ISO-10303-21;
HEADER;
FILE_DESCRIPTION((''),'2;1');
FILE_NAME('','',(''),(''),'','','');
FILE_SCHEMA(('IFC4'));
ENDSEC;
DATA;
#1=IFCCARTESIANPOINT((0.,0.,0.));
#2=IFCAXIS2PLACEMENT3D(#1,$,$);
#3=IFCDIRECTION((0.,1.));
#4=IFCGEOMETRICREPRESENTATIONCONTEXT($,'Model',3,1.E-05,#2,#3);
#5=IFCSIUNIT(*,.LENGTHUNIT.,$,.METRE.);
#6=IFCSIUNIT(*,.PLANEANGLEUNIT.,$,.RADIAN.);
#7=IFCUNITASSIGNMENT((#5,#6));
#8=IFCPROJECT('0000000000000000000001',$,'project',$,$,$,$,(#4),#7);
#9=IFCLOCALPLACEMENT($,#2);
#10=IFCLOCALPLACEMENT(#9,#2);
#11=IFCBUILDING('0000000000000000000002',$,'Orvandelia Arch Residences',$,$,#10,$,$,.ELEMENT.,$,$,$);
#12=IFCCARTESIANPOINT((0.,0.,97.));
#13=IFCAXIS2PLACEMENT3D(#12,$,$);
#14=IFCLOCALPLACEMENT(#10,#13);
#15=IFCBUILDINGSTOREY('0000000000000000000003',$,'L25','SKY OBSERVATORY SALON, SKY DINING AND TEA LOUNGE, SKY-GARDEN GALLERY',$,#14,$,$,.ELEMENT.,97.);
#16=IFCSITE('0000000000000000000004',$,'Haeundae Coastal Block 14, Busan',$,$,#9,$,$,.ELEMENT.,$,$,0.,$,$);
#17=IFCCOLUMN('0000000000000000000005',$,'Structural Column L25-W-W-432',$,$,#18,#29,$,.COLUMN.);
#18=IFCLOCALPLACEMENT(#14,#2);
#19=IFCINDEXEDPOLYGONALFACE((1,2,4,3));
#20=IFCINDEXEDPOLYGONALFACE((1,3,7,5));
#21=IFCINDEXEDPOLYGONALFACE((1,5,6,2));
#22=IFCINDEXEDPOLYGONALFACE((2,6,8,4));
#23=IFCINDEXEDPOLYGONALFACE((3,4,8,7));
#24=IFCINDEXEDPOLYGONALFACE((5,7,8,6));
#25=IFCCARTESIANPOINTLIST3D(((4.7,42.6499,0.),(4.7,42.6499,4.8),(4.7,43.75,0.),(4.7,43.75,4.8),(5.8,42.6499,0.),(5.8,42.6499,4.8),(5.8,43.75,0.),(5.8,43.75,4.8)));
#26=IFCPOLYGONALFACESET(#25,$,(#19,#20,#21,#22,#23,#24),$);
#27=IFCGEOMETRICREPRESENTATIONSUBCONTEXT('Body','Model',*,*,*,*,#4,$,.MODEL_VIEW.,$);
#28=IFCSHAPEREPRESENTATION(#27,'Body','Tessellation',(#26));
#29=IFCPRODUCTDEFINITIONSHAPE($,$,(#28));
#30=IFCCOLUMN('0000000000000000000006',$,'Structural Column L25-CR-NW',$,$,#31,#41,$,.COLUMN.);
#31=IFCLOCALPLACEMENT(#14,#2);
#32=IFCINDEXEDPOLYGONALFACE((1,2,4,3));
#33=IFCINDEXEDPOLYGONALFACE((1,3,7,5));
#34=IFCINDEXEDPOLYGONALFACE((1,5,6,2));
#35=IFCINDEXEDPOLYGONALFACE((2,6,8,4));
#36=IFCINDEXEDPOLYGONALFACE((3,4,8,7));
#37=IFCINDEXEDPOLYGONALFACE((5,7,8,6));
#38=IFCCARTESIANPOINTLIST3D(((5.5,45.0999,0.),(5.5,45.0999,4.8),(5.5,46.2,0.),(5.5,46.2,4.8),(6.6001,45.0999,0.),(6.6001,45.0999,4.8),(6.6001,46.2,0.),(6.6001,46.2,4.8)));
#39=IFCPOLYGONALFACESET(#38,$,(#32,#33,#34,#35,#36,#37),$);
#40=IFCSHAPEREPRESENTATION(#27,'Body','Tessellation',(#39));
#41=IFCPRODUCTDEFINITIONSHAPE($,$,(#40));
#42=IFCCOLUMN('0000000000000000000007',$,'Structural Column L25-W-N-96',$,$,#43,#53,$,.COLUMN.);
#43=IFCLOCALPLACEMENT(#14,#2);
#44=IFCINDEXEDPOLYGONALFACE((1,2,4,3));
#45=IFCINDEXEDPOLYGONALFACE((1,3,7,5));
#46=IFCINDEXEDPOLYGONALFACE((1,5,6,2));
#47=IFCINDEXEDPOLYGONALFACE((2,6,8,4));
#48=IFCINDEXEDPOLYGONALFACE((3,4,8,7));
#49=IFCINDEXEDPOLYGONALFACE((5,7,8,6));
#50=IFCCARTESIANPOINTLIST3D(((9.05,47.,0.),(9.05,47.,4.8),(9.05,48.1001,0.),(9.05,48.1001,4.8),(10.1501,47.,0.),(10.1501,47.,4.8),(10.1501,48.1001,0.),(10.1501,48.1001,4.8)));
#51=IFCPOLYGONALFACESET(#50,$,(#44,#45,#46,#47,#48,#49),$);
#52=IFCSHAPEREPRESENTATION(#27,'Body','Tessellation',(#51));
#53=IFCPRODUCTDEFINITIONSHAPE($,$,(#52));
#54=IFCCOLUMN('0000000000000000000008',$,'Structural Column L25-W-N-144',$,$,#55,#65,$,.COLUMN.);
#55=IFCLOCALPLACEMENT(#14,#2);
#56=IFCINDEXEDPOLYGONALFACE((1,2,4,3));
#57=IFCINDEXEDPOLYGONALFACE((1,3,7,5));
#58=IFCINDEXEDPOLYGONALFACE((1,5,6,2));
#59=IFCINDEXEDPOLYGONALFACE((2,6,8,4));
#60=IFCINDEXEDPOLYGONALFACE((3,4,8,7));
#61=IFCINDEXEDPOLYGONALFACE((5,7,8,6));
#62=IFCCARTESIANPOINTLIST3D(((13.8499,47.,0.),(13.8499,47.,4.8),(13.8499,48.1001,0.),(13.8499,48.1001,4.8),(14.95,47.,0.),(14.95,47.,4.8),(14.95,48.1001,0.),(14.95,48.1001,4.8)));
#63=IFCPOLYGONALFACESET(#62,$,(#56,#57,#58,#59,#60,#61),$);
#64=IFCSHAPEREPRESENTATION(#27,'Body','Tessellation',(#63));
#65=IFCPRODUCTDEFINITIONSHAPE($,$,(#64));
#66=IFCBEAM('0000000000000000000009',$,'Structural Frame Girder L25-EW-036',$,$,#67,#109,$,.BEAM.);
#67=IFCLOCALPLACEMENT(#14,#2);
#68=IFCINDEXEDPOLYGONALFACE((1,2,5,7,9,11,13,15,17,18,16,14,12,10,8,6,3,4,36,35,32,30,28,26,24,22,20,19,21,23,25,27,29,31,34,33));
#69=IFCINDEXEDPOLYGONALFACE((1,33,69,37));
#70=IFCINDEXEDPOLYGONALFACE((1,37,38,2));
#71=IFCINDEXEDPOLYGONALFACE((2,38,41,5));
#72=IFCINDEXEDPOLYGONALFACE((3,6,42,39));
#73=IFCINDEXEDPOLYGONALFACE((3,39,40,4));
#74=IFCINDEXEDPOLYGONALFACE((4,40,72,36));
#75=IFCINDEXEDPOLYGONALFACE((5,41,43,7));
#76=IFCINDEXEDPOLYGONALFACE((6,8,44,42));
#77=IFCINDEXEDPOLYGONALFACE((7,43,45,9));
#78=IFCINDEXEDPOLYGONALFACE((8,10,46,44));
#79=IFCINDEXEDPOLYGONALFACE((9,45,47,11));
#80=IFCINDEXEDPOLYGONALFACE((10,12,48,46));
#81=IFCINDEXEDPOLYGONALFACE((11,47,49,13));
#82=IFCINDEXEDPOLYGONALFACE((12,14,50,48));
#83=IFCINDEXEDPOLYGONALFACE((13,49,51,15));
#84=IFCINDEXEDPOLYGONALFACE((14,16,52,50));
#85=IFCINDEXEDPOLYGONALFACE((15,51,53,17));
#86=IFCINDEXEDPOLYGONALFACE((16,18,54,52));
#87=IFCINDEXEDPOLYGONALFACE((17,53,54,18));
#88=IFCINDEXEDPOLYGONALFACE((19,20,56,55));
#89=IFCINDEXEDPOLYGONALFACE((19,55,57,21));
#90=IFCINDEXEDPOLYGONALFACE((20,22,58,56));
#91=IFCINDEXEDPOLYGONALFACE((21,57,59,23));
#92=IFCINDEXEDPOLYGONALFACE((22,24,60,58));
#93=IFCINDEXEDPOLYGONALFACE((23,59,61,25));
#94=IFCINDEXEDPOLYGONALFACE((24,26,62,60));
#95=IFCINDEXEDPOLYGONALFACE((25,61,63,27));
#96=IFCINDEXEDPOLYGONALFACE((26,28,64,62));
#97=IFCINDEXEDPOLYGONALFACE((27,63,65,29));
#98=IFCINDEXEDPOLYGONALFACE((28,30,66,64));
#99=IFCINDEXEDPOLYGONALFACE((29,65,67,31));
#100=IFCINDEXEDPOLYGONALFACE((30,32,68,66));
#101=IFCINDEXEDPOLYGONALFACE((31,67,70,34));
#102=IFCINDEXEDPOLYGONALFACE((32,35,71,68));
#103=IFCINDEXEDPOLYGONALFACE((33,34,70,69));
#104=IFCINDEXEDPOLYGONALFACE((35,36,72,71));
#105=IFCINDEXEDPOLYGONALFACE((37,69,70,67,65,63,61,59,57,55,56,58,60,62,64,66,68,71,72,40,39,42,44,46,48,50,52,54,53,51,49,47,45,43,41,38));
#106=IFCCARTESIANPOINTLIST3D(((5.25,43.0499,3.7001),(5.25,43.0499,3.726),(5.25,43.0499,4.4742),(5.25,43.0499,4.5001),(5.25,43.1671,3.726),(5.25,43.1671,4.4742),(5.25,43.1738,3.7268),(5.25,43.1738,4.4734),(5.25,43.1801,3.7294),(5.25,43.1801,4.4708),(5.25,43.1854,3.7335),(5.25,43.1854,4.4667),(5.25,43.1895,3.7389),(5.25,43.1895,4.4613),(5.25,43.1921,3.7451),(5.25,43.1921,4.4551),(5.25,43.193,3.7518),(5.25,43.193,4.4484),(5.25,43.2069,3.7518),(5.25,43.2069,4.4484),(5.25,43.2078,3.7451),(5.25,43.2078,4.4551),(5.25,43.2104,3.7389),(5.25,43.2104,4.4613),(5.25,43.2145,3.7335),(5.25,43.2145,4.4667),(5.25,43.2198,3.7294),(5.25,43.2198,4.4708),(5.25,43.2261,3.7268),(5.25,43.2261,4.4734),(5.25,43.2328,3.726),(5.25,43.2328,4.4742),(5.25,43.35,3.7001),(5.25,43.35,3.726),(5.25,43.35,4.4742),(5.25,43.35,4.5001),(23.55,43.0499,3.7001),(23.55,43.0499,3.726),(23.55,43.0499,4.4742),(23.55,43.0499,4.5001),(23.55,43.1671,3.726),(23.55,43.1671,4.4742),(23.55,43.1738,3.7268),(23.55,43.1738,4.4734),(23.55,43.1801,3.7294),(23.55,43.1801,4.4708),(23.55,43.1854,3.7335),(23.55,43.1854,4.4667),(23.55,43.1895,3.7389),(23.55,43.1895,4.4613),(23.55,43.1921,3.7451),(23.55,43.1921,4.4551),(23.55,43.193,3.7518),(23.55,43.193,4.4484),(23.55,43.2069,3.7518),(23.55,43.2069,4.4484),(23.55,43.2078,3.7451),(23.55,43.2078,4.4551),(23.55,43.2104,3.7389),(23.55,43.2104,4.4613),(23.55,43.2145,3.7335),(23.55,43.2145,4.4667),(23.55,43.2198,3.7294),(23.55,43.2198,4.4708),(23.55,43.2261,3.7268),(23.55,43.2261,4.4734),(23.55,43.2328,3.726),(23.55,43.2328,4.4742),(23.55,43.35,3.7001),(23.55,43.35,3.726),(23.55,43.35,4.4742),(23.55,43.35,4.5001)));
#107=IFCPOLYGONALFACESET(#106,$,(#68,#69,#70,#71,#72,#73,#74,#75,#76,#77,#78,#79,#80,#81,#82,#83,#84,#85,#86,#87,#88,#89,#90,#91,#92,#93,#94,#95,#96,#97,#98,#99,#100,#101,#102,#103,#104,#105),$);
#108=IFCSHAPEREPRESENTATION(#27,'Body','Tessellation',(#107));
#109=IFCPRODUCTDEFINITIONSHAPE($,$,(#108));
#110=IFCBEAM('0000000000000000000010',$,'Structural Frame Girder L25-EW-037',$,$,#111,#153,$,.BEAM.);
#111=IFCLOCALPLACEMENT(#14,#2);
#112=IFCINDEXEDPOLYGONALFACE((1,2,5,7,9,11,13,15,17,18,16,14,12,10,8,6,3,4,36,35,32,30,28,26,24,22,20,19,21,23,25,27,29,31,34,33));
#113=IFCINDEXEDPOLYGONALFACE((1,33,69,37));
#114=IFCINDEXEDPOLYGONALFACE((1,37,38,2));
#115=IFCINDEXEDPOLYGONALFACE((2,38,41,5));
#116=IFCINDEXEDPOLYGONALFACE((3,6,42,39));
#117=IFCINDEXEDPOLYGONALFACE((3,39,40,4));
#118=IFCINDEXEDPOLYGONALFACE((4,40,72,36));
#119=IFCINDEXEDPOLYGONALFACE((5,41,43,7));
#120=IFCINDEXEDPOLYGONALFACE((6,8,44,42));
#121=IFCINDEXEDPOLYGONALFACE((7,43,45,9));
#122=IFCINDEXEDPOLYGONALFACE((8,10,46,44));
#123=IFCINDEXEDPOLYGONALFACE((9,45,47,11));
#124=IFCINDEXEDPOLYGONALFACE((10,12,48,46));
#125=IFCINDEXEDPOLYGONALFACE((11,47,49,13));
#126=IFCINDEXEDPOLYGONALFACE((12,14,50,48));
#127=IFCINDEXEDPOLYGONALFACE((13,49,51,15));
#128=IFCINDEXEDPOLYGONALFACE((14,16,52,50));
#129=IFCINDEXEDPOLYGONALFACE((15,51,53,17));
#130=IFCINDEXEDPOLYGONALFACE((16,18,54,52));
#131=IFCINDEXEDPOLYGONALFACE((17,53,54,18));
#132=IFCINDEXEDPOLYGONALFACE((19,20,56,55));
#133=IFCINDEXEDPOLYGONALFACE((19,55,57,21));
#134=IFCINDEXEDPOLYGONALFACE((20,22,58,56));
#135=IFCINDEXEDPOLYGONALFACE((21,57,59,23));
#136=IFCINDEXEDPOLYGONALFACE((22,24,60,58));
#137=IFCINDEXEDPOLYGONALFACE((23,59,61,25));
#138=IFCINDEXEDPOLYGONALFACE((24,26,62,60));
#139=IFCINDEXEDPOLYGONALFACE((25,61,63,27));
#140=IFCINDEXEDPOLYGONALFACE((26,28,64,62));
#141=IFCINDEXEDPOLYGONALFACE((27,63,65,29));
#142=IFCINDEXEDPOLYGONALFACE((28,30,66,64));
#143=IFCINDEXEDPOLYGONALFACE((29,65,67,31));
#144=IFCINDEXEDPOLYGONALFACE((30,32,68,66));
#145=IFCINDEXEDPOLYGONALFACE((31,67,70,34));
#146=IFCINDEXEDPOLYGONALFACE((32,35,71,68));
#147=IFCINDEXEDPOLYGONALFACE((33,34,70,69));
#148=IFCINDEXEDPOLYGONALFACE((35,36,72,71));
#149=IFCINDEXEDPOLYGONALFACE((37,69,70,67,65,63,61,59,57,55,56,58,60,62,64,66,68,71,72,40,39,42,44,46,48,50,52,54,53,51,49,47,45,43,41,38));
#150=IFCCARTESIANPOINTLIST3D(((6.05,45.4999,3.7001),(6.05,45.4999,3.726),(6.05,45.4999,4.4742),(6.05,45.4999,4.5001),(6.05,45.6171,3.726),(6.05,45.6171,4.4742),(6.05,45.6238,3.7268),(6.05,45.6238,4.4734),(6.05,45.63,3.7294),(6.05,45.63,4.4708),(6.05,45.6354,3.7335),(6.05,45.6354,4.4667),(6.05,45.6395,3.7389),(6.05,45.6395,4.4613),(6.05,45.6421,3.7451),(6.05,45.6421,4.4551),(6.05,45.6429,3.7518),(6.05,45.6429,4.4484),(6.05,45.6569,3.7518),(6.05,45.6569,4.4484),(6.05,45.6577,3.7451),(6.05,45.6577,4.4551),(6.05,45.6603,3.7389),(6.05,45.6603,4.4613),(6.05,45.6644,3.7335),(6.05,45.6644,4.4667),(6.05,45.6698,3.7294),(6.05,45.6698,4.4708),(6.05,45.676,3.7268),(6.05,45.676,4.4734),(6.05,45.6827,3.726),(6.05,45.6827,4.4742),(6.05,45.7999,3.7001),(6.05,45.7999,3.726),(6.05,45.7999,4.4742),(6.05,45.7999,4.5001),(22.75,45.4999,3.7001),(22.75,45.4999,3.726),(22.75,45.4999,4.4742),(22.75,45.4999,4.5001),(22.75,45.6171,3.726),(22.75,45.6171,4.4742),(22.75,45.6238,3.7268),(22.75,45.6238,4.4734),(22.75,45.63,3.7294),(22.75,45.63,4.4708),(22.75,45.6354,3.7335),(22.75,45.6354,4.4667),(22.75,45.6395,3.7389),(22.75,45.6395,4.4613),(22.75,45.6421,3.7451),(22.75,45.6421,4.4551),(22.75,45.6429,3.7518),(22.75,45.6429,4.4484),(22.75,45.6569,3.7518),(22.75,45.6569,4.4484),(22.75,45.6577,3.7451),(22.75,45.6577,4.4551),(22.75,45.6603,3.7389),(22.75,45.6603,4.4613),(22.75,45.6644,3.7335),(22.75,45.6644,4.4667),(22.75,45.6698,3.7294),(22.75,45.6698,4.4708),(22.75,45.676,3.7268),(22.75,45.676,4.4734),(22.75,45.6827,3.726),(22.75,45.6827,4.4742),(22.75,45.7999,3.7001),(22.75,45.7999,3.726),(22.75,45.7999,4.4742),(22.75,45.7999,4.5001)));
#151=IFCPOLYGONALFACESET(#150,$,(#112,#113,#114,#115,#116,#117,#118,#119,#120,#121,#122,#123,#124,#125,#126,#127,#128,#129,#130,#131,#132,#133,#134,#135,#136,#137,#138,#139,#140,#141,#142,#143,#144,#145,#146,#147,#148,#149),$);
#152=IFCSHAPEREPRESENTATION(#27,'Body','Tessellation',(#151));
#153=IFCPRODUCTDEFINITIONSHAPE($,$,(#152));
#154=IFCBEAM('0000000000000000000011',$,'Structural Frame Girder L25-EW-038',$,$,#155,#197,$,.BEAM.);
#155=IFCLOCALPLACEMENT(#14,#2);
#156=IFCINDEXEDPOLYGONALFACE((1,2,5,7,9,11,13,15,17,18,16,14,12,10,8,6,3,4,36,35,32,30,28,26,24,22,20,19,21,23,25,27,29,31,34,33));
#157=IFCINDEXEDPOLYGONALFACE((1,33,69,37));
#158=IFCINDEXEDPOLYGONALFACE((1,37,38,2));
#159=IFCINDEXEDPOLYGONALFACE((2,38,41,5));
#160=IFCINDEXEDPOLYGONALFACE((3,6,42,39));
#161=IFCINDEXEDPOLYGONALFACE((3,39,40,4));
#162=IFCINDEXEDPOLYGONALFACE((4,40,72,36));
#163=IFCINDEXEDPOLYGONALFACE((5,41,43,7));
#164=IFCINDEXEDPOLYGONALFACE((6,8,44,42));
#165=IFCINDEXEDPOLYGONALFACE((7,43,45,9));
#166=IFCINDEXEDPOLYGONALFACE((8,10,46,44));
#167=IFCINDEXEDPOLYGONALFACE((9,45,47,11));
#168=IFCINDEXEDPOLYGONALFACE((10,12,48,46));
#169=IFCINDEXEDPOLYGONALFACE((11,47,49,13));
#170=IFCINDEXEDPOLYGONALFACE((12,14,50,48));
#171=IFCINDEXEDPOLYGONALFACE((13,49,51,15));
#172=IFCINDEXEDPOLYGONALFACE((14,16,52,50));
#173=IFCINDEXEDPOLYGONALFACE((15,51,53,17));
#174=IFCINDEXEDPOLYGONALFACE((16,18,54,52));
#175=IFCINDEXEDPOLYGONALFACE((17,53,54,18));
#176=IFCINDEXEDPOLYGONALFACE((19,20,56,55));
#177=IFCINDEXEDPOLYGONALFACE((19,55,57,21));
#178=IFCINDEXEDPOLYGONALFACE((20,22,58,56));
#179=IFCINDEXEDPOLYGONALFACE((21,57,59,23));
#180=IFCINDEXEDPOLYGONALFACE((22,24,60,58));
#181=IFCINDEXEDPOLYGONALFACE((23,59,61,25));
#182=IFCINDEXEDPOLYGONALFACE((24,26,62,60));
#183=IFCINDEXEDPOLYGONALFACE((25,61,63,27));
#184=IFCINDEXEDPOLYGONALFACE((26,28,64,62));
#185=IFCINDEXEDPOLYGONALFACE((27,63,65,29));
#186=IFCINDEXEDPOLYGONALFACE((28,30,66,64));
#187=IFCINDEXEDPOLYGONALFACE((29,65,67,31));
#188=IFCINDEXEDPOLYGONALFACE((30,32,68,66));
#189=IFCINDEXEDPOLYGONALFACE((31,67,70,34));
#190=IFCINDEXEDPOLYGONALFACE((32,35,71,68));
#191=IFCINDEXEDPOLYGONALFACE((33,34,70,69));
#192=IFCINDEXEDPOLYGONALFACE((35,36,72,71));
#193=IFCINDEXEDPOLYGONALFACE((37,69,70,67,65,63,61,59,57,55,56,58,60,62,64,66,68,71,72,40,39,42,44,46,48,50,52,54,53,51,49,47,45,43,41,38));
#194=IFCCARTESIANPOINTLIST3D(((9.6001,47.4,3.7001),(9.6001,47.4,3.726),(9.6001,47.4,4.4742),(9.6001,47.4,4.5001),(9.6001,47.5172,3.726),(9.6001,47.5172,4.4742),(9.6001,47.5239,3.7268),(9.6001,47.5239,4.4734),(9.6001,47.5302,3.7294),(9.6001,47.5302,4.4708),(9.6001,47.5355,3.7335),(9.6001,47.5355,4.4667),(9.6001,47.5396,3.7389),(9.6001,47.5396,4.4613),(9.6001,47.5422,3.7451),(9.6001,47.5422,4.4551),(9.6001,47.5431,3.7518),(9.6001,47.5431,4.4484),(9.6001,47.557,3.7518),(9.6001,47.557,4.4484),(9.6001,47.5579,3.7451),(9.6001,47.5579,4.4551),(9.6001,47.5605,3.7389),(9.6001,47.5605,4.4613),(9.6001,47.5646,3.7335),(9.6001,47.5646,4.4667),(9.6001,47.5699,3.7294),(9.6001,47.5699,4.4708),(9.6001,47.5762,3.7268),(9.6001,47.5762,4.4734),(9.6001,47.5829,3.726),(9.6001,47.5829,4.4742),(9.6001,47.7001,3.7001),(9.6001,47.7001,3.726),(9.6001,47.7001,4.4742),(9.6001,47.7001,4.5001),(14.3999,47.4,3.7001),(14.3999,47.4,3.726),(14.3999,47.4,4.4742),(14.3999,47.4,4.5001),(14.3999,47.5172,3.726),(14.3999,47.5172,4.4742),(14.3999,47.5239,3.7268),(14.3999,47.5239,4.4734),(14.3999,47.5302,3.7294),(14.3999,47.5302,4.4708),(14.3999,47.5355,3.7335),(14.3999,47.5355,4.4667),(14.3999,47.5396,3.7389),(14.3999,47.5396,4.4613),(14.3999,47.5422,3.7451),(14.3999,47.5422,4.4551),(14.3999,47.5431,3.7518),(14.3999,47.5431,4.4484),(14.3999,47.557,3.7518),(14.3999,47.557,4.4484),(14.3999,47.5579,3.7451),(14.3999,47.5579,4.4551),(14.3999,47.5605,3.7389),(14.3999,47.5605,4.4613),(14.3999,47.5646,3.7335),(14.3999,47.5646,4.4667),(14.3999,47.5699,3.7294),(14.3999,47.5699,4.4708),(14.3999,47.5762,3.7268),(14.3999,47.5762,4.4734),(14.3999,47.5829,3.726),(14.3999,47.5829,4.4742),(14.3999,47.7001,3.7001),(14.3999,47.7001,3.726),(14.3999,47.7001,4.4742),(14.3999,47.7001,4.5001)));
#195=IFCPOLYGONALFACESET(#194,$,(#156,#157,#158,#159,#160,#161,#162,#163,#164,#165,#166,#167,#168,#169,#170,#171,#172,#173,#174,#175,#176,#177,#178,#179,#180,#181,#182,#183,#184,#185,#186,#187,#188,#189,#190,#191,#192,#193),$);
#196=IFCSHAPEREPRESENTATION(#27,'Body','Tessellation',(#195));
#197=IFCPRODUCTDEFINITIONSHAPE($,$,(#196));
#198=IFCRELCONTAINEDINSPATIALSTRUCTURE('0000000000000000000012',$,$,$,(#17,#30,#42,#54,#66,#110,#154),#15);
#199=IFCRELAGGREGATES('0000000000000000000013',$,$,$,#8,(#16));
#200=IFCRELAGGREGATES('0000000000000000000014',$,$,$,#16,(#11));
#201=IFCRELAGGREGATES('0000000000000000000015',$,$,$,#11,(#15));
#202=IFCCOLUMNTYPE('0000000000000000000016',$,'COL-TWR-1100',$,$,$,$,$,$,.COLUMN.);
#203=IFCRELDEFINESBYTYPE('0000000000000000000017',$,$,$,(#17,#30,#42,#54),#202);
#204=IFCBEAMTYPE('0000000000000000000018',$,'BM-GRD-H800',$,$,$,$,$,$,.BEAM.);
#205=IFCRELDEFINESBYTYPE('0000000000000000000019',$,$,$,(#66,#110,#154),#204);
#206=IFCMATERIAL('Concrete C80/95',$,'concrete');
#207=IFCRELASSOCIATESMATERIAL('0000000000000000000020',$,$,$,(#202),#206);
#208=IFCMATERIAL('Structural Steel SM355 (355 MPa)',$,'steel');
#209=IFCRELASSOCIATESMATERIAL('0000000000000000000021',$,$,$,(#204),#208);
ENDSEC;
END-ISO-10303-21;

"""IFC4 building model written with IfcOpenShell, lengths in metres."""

from ifc_helpers import new_model, si_unit, direction, frame, origin, origin_2d, place, context, subcontext, project, spatial, rectangle, i_section, extrude, material, material_profile, profile_set, type_object, element, save


model = new_model("IFC4")

# Units and contexts
model_context = context("Model", 3, precision=1e-05, world=origin(), true_north=direction((0.0, 1.0)))
body_context = subcontext(model_context, "Body", "Model", "MODEL_VIEW")
ifc_project = project(units=[si_unit("LENGTHUNIT", "METRE"), si_unit("PLANEANGLEUNIT", "RADIAN")], contexts=[model_context])

# Site, building, storey
site_placement = place(None, origin())
site = spatial("IfcSite", under=ifc_project, at=site_placement, Name="Haeundae Coastal Block 14, Busan", CompositionType="ELEMENT", RefElevation=0.0)
building_placement = place(site_placement, origin())
building = spatial("IfcBuilding", under=site, at=building_placement, Name="Orvandelia Arch Residences", CompositionType="ELEMENT")
storey_placement = place(building_placement, frame((0.0, 0.0, 97.0)))
storey = spatial("IfcBuildingStorey", under=building, at=storey_placement, Name="L25", Description="SKY OBSERVATORY SALON, SKY DINING AND TEA LOUNGE, SKY-GARDEN GALLERY", CompositionType="ELEMENT", Elevation=97.0)

# Columns
ifc_material_1 = material(Name="Concrete C80/95", Category="concrete")
ifc_material_profile_1 = material_profile(ifc_material_1, rectangle(XDim=1.1001, YDim=1.1001, at=origin_2d()), Name="Concrete C80/95", Category="concrete")
ifc_profile_set_1 = profile_set([ifc_material_profile_1], Name="Concrete C80/95")
column_type = type_object("IfcColumnType", Name="COL-TWR-1100", PredefinedType="COLUMN", material=ifc_profile_set_1)
for number, where, z_axis, x_axis, name in (
    (1, (5.25, 43.2, 0.0), (0.0, 0.0, 1.0), (1.0, 0.0, 0.0), "Structural Column L25-W-W-432"),
    (2, (6.05, 45.6499, 0.0), (0.0, 0.0, 1.0), (1.0, 0.0, 0.0), "Structural Column L25-CR-NW"),
    (3, (9.6001, 47.55, 0.0), (0.0, 0.0, 1.0), (1.0, 0.0, 0.0), "Structural Column L25-W-N-96"),
    (4, (14.3999, 47.55, 0.0), (0.0, 0.0, 1.0), (1.0, 0.0, 0.0), "Structural Column L25-W-N-144"),
):
    element("IfcColumn", number, at=place(storey_placement, frame(where, z_axis=z_axis, x_axis=x_axis)), inside=storey, type_object=column_type, Name=name, PredefinedType="COLUMN", context=body_context, shape_type="SweptSolid", body=[
        extrude(rectangle(XDim=1.1001, YDim=1.1001, at=origin_2d()), origin(), (0.0, 0.0, 1.0), 4.8),
    ])

# Beams
ifc_material_2 = material(Name="Structural Steel SM355 (355 MPa)", Category="steel")
ifc_material_profile_2 = material_profile(ifc_material_2, i_section(OverallWidth=0.3, OverallDepth=0.8, WebThickness=0.0139, FlangeThickness=0.0259, FilletRadius=0.0259, at=origin_2d()), Name="Structural Steel SM355 (355 MPa)", Category="steel")
ifc_profile_set_2 = profile_set([ifc_material_profile_2], Name="Structural Steel SM355 (355 MPa)")
beam_type = type_object("IfcBeamType", Name="BM-GRD-H800", PredefinedType="BEAM", material=ifc_profile_set_2)
beam_1_placement = place(storey_placement, frame((5.25, 43.2, 4.1001), z_axis=(1.0, 0.0, 0.0), x_axis=(0.0, 1.0, 0.0)))
element("IfcBeam", 5, at=beam_1_placement, inside=storey, type_object=beam_type, Name="Structural Frame Girder L25-EW-036", PredefinedType="BEAM", context=body_context, shape_type="SweptSolid", body=[
    extrude(i_section(OverallWidth=0.3, OverallDepth=0.8, WebThickness=0.0139, FlangeThickness=0.0259, FilletRadius=0.0259, at=origin_2d()), origin(), (0.0, 0.0, 1.0), 18.3),
])
beam_2_placement = place(storey_placement, frame((6.05, 45.6499, 4.1001), z_axis=(1.0, 0.0, 0.0), x_axis=(0.0, 1.0, 0.0)))
element("IfcBeam", 6, at=beam_2_placement, inside=storey, type_object=beam_type, Name="Structural Frame Girder L25-EW-037", PredefinedType="BEAM", context=body_context, shape_type="SweptSolid", body=[
    extrude(i_section(OverallWidth=0.3, OverallDepth=0.8, WebThickness=0.0139, FlangeThickness=0.0259, FilletRadius=0.0259, at=origin_2d()), origin(), (0.0, 0.0, 1.0), 16.7),
])
beam_3_placement = place(storey_placement, frame((9.6001, 47.55, 4.1001), z_axis=(1.0, 0.0, 0.0), x_axis=(0.0, 1.0, 0.0)))
element("IfcBeam", 7, at=beam_3_placement, inside=storey, type_object=beam_type, Name="Structural Frame Girder L25-EW-038", PredefinedType="BEAM", context=body_context, shape_type="SweptSolid", body=[
    extrude(i_section(OverallWidth=0.3, OverallDepth=0.8, WebThickness=0.0139, FlangeThickness=0.0259, FilletRadius=0.0259, at=origin_2d()), origin(), (0.0, 0.0, 1.0), 4.7998),
])

save(model, "model.ifc")
